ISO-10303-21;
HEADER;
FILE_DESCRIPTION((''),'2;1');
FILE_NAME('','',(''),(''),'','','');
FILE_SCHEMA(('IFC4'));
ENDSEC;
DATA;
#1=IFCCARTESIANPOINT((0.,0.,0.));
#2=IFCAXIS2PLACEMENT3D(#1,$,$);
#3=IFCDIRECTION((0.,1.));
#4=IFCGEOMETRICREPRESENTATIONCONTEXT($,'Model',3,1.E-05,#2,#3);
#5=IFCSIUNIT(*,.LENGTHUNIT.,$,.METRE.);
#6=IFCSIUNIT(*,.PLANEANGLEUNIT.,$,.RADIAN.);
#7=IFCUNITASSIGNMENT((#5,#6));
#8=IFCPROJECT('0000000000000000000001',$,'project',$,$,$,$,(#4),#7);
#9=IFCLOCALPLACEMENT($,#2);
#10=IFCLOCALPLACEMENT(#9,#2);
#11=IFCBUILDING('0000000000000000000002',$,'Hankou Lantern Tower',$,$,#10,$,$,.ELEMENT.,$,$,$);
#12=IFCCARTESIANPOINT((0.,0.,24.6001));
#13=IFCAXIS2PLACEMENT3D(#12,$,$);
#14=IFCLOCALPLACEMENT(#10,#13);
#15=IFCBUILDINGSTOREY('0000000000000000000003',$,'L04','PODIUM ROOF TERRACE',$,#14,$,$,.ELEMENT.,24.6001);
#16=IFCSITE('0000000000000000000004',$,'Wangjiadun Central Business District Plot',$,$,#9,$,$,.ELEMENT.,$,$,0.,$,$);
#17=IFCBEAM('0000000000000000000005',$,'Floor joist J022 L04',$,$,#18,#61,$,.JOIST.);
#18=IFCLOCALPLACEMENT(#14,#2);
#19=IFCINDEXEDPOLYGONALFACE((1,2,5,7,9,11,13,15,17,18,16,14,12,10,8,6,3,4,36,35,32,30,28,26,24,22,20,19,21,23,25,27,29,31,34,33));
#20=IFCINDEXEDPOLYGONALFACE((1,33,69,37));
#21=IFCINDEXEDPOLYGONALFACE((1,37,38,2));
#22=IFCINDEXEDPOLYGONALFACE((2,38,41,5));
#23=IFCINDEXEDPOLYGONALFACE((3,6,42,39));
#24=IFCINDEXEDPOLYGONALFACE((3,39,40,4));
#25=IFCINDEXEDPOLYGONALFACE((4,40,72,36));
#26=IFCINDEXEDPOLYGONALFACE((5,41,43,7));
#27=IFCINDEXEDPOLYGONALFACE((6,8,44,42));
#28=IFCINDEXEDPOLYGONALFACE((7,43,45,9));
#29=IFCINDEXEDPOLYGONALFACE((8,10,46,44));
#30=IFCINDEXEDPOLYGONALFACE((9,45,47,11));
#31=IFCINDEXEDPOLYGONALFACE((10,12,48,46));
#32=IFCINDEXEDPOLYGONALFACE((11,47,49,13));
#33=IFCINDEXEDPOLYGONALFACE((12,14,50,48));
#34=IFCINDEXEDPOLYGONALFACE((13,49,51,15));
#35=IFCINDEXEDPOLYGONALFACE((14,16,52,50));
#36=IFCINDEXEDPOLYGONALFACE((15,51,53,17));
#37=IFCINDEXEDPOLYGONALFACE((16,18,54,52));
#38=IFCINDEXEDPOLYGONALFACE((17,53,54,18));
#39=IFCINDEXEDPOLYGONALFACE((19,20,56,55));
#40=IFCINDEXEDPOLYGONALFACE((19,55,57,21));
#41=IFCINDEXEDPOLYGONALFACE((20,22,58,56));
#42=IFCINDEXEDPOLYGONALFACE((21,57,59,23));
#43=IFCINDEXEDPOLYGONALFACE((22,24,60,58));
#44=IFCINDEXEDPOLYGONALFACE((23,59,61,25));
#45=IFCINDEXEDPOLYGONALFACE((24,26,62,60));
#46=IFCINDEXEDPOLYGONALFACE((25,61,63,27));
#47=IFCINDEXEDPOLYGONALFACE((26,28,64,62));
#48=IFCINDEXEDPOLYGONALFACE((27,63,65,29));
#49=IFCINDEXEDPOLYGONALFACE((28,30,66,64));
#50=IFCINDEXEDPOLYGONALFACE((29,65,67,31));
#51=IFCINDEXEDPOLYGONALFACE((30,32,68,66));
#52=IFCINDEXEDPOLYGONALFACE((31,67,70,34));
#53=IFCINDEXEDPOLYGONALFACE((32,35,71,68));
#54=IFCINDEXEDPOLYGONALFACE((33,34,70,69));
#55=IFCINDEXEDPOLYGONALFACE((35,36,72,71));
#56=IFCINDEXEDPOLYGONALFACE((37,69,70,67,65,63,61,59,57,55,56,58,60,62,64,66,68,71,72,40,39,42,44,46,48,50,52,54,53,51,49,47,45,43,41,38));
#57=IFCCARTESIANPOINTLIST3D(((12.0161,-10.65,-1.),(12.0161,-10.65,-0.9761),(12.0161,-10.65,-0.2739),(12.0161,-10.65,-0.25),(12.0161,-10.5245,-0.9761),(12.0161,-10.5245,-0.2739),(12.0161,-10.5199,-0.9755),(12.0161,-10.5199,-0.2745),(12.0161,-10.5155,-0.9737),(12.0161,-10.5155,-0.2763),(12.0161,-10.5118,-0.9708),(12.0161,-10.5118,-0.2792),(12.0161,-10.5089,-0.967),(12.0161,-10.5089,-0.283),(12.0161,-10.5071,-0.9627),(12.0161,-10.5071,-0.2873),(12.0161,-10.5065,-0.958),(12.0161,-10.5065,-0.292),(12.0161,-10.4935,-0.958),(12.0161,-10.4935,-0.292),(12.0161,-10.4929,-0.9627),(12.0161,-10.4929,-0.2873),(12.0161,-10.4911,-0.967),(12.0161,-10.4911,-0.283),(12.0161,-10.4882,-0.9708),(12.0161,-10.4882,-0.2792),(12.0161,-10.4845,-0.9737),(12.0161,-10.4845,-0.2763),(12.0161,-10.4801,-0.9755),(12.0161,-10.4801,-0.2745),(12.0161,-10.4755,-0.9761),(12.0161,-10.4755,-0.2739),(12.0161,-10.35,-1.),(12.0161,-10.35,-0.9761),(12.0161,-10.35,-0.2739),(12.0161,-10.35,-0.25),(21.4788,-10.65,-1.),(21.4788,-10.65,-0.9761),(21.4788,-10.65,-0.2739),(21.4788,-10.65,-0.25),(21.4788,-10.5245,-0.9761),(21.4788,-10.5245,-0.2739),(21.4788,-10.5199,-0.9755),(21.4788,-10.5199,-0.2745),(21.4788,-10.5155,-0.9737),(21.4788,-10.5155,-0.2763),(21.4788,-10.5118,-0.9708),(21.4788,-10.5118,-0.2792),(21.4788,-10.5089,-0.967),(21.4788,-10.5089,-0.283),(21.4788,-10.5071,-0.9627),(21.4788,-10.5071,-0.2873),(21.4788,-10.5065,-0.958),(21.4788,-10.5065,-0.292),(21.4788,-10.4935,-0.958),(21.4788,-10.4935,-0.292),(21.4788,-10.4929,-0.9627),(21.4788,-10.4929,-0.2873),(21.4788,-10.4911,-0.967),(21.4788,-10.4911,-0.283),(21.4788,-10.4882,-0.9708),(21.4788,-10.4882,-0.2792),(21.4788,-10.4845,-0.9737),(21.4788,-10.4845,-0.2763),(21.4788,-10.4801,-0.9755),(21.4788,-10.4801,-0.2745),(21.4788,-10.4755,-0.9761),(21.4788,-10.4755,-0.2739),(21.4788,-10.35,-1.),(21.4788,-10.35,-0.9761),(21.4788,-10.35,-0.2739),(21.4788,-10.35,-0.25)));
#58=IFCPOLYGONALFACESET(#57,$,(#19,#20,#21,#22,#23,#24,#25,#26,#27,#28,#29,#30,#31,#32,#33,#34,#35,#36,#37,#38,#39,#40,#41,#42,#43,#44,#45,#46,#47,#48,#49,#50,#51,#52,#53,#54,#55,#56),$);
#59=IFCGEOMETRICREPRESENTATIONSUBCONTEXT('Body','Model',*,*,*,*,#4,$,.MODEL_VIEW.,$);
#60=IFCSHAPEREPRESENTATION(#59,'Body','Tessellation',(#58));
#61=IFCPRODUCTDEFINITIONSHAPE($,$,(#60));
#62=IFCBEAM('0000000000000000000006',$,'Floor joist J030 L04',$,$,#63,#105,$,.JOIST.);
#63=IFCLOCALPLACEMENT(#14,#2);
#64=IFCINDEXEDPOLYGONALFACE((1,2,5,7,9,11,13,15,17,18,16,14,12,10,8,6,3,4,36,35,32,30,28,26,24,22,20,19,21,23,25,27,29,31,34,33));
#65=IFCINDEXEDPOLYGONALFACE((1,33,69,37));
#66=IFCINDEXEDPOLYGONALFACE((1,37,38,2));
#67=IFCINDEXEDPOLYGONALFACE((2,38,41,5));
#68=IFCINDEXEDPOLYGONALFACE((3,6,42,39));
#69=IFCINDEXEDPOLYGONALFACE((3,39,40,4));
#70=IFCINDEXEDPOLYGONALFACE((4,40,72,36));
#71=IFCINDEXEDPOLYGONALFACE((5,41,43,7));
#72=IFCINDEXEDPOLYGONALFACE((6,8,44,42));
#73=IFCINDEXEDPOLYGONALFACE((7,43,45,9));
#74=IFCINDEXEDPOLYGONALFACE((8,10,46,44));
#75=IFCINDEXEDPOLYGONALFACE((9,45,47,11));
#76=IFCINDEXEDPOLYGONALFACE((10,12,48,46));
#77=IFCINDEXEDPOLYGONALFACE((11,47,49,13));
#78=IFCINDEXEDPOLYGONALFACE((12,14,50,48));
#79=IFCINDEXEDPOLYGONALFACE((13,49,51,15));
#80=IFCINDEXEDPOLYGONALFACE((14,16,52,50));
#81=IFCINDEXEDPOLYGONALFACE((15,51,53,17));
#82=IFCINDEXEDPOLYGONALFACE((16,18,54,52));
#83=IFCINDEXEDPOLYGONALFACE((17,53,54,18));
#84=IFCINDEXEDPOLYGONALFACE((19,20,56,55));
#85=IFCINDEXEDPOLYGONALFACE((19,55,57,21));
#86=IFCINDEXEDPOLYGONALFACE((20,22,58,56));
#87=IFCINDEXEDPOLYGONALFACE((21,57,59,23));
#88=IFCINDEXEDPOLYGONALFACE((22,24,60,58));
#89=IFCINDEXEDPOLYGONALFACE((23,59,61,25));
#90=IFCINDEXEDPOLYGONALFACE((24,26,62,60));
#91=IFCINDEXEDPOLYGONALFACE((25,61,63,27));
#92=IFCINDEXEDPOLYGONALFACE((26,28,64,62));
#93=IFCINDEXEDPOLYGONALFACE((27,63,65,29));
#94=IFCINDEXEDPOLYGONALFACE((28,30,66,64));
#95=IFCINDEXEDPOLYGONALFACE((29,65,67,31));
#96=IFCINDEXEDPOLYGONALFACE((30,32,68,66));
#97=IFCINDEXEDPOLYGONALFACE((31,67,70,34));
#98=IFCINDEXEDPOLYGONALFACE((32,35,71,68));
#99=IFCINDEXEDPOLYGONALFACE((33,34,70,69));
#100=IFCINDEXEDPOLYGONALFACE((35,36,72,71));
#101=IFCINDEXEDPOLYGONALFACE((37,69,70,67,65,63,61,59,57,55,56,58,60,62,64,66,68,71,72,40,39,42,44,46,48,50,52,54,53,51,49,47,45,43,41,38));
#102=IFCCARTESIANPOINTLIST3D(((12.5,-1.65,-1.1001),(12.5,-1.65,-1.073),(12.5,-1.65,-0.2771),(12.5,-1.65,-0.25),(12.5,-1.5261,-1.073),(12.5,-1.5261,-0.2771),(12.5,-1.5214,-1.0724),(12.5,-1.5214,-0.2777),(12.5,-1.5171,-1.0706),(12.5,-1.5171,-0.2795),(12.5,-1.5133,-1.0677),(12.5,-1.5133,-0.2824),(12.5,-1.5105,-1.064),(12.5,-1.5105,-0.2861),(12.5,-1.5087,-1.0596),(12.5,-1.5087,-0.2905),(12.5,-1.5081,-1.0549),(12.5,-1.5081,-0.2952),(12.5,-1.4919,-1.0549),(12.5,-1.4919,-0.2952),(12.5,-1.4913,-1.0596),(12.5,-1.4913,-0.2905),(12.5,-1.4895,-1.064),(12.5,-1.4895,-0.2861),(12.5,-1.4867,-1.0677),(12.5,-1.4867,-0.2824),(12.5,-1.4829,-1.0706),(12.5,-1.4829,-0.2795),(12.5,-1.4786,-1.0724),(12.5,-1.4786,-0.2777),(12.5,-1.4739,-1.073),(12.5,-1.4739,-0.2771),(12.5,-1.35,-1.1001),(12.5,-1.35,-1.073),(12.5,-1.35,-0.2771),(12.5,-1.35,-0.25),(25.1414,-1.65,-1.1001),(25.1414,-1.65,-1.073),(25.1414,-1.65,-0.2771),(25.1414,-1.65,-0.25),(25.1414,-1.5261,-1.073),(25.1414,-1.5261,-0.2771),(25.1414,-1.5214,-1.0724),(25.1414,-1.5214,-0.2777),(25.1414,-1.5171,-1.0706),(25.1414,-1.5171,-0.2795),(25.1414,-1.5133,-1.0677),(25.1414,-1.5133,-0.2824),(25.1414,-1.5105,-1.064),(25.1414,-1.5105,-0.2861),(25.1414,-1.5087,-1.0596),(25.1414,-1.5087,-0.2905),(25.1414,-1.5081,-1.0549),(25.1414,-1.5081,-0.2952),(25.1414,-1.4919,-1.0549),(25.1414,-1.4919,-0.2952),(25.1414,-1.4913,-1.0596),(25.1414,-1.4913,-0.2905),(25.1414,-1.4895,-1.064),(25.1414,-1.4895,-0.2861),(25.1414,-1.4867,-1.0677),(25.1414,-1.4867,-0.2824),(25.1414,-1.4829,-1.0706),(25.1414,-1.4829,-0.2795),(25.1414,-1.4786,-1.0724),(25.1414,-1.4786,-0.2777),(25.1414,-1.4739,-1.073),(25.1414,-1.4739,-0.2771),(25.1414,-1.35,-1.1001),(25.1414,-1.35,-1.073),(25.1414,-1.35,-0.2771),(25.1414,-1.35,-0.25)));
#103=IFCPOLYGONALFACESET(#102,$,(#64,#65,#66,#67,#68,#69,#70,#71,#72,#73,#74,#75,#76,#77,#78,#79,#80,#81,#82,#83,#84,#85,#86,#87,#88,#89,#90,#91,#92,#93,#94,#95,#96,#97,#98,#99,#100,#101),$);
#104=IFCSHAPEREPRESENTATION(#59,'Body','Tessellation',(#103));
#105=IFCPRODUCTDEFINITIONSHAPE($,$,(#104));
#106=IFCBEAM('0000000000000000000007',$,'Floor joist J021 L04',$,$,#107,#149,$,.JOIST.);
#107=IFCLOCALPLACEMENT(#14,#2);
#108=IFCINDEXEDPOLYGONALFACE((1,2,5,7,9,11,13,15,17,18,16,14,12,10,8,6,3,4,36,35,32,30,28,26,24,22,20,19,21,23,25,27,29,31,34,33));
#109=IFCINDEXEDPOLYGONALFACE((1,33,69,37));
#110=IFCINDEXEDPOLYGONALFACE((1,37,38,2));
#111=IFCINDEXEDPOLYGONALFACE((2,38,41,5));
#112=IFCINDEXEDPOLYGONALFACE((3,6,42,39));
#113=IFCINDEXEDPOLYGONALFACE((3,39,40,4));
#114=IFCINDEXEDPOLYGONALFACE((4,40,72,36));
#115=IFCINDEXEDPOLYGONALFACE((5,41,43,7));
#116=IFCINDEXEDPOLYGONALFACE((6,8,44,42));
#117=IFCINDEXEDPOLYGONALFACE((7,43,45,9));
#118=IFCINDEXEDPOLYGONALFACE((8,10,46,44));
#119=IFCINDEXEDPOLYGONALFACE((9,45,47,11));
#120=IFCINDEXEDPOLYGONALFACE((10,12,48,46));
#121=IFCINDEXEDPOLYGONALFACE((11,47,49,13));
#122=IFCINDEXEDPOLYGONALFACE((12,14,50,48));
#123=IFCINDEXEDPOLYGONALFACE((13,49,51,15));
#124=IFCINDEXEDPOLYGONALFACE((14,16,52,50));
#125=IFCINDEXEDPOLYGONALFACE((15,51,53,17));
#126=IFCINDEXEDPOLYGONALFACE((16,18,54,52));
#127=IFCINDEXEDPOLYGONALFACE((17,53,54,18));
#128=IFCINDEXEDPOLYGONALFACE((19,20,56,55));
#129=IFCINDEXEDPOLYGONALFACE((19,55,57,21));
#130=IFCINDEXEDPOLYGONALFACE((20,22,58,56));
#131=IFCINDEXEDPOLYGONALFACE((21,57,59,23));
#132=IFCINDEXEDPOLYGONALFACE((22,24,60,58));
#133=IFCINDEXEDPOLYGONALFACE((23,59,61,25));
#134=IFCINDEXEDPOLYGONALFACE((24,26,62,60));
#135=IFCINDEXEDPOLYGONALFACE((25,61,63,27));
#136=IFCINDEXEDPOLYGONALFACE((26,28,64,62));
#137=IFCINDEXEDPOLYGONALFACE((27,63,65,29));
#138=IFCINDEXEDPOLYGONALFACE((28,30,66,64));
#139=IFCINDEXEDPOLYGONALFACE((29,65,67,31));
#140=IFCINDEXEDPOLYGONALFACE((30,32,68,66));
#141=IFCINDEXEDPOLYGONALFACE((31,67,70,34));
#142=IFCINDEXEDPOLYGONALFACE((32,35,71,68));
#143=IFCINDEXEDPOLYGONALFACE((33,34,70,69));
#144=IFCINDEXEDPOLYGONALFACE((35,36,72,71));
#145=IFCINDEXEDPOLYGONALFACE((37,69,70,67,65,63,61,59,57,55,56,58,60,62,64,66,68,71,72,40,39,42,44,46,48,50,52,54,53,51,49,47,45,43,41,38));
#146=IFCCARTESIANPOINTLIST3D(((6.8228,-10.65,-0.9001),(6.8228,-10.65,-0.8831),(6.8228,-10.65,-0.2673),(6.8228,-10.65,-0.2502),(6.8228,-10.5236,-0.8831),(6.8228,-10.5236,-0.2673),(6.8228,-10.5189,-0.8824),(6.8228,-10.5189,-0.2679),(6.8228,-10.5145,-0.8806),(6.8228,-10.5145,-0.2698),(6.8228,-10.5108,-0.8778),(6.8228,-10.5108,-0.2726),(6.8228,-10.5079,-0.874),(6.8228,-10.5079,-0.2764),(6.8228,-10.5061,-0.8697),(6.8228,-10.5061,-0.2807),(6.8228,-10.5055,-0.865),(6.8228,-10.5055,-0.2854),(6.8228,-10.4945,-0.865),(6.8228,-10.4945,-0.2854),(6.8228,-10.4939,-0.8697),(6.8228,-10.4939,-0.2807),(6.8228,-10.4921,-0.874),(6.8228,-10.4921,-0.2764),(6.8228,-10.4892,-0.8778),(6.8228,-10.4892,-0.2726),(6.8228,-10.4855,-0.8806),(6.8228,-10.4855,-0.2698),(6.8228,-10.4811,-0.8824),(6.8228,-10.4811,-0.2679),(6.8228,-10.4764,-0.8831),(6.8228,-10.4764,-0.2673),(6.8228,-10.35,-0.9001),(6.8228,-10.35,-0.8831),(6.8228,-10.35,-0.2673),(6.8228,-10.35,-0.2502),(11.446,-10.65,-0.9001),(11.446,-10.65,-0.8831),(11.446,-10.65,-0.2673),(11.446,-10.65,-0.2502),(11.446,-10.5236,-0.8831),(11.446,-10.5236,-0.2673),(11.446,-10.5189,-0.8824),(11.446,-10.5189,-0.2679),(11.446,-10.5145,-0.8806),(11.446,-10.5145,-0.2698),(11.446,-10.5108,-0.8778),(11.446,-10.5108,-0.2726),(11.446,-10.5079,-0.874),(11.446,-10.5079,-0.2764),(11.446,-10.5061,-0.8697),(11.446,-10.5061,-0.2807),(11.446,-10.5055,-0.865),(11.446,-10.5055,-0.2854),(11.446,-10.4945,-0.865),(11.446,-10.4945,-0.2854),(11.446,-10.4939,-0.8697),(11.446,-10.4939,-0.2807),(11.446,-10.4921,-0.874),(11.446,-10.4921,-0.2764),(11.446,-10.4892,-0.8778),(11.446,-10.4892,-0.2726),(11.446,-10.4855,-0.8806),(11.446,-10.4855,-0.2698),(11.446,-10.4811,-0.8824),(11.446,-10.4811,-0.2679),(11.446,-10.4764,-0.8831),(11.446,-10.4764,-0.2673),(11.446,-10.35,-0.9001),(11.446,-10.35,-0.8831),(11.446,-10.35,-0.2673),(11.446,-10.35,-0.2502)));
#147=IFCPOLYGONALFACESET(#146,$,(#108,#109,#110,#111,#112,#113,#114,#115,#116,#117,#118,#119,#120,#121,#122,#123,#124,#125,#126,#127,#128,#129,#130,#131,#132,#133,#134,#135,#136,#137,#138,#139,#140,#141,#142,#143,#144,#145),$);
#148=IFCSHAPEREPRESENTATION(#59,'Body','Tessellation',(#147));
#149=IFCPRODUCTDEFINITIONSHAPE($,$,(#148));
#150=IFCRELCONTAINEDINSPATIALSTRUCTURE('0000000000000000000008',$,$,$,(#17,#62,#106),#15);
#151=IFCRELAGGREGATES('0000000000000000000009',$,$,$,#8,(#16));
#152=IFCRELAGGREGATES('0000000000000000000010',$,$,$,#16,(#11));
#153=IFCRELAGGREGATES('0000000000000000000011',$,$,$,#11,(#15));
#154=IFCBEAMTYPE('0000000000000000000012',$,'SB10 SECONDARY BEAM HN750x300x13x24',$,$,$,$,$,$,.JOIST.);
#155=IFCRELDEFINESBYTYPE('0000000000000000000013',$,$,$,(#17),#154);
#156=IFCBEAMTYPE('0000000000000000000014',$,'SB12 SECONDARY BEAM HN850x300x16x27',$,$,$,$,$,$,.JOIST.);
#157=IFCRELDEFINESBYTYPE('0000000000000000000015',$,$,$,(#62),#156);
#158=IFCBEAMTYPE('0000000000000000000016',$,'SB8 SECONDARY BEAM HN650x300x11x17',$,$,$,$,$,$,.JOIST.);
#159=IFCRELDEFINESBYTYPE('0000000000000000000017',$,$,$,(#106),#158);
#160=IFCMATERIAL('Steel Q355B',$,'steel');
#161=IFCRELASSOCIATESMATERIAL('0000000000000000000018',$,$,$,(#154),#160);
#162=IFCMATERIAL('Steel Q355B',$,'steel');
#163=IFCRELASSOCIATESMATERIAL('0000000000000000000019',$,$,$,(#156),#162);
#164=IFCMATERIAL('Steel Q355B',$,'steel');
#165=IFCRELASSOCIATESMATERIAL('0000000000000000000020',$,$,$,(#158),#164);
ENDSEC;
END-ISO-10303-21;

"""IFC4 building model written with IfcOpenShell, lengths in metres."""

from ifc_helpers import new_model, si_unit, direction, frame, origin, origin_2d, place, context, subcontext, project, spatial, i_section, extrude, material, material_profile, profile_set, type_object, element, save


model = new_model("IFC4")

# Units and contexts
model_context = context("Model", 3, precision=1e-05, world=origin(), true_north=direction((0.0, 1.0)))
body_context = subcontext(model_context, "Body", "Model", "MODEL_VIEW")
ifc_project = project(units=[si_unit("LENGTHUNIT", "METRE"), si_unit("PLANEANGLEUNIT", "RADIAN")], contexts=[model_context])

# Site, building, storey
site_placement = place(None, origin())
site = spatial("IfcSite", under=ifc_project, at=site_placement, Name="Wangjiadun Central Business District Plot", CompositionType="ELEMENT", RefElevation=0.0)
building_placement = place(site_placement, origin())
building = spatial("IfcBuilding", under=site, at=building_placement, Name="Hankou Lantern Tower", CompositionType="ELEMENT")
storey_placement = place(building_placement, frame((0.0, 0.0, 24.6001)))
storey = spatial("IfcBuildingStorey", under=building, at=storey_placement, Name="L04", Description="PODIUM ROOF TERRACE", CompositionType="ELEMENT", Elevation=24.6001)

# Beams
ifc_material_1 = material(Name="Steel Q355B", Category="steel")
ifc_material_profile_1 = material_profile(ifc_material_1, i_section(OverallWidth=0.3, OverallDepth=0.75, WebThickness=0.0129, FlangeThickness=0.0239, FilletRadius=0.0181, at=origin_2d()), Name="HN750x300x13x24")
ifc_profile_set_1 = profile_set([ifc_material_profile_1], Name="Steel Q355B")
beam_type_1 = type_object("IfcBeamType", Name="SB10 SECONDARY BEAM HN750x300x13x24", PredefinedType="JOIST", material=ifc_profile_set_1)
beam_1_placement = place(storey_placement, frame((12.0161, -10.5, -0.625), z_axis=(1.0, 0.0, 0.0), x_axis=(0.0, 1.0, 0.0)))
element("IfcBeam", 1, at=beam_1_placement, inside=storey, type_object=beam_type_1, Name="Floor joist J022 L04", PredefinedType="JOIST", context=body_context, shape_type="SweptSolid", body=[
    extrude(i_section(OverallWidth=0.3, OverallDepth=0.75, WebThickness=0.0129, FlangeThickness=0.0239, FilletRadius=0.0181, at=origin_2d()), origin(), (0.0, 0.0, 1.0), 9.4626),
])
ifc_material_2 = material(Name="Steel Q355B", Category="steel")
ifc_material_profile_2 = material_profile(ifc_material_2, i_section(OverallWidth=0.3, OverallDepth=0.8501, WebThickness=0.0161, FlangeThickness=0.0271, FilletRadius=0.0181, at=origin_2d()), Name="HN850x300x16x27")
ifc_profile_set_2 = profile_set([ifc_material_profile_2], Name="Steel Q355B")
beam_type_2 = type_object("IfcBeamType", Name="SB12 SECONDARY BEAM HN850x300x16x27", PredefinedType="JOIST", material=ifc_profile_set_2)
beam_2_placement = place(storey_placement, frame((12.5, -1.5, -0.675), z_axis=(1.0, 0.0, 0.0), x_axis=(0.0, 1.0, 0.0)))
element("IfcBeam", 2, at=beam_2_placement, inside=storey, type_object=beam_type_2, Name="Floor joist J030 L04", PredefinedType="JOIST", context=body_context, shape_type="SweptSolid", body=[
    extrude(i_section(OverallWidth=0.3, OverallDepth=0.8501, WebThickness=0.0161, FlangeThickness=0.0271, FilletRadius=0.0181, at=origin_2d()), origin(), (0.0, 0.0, 1.0), 12.6414),
])
ifc_material_3 = material(Name="Steel Q355B", Category="steel")
ifc_material_profile_3 = material_profile(ifc_material_3, i_section(OverallWidth=0.3, OverallDepth=0.6499, WebThickness=0.011, FlangeThickness=0.0171, FilletRadius=0.0181, at=origin_2d()), Name="HN650x300x11x17")
ifc_profile_set_3 = profile_set([ifc_material_profile_3], Name="Steel Q355B")
beam_type_3 = type_object("IfcBeamType", Name="SB8 SECONDARY BEAM HN650x300x11x17", PredefinedType="JOIST", material=ifc_profile_set_3)
beam_3_placement = place(storey_placement, frame((6.8228, -10.5, -0.5752), z_axis=(1.0, 0.0, 0.0), x_axis=(0.0, 1.0, 0.0)))
element("IfcBeam", 3, at=beam_3_placement, inside=storey, type_object=beam_type_3, Name="Floor joist J021 L04", PredefinedType="JOIST", context=body_context, shape_type="SweptSolid", body=[
    extrude(i_section(OverallWidth=0.3, OverallDepth=0.6499, WebThickness=0.011, FlangeThickness=0.0171, FilletRadius=0.0181, at=origin_2d()), origin(), (0.0, 0.0, 1.0), 4.6233),
])

save(model, "model.ifc")
